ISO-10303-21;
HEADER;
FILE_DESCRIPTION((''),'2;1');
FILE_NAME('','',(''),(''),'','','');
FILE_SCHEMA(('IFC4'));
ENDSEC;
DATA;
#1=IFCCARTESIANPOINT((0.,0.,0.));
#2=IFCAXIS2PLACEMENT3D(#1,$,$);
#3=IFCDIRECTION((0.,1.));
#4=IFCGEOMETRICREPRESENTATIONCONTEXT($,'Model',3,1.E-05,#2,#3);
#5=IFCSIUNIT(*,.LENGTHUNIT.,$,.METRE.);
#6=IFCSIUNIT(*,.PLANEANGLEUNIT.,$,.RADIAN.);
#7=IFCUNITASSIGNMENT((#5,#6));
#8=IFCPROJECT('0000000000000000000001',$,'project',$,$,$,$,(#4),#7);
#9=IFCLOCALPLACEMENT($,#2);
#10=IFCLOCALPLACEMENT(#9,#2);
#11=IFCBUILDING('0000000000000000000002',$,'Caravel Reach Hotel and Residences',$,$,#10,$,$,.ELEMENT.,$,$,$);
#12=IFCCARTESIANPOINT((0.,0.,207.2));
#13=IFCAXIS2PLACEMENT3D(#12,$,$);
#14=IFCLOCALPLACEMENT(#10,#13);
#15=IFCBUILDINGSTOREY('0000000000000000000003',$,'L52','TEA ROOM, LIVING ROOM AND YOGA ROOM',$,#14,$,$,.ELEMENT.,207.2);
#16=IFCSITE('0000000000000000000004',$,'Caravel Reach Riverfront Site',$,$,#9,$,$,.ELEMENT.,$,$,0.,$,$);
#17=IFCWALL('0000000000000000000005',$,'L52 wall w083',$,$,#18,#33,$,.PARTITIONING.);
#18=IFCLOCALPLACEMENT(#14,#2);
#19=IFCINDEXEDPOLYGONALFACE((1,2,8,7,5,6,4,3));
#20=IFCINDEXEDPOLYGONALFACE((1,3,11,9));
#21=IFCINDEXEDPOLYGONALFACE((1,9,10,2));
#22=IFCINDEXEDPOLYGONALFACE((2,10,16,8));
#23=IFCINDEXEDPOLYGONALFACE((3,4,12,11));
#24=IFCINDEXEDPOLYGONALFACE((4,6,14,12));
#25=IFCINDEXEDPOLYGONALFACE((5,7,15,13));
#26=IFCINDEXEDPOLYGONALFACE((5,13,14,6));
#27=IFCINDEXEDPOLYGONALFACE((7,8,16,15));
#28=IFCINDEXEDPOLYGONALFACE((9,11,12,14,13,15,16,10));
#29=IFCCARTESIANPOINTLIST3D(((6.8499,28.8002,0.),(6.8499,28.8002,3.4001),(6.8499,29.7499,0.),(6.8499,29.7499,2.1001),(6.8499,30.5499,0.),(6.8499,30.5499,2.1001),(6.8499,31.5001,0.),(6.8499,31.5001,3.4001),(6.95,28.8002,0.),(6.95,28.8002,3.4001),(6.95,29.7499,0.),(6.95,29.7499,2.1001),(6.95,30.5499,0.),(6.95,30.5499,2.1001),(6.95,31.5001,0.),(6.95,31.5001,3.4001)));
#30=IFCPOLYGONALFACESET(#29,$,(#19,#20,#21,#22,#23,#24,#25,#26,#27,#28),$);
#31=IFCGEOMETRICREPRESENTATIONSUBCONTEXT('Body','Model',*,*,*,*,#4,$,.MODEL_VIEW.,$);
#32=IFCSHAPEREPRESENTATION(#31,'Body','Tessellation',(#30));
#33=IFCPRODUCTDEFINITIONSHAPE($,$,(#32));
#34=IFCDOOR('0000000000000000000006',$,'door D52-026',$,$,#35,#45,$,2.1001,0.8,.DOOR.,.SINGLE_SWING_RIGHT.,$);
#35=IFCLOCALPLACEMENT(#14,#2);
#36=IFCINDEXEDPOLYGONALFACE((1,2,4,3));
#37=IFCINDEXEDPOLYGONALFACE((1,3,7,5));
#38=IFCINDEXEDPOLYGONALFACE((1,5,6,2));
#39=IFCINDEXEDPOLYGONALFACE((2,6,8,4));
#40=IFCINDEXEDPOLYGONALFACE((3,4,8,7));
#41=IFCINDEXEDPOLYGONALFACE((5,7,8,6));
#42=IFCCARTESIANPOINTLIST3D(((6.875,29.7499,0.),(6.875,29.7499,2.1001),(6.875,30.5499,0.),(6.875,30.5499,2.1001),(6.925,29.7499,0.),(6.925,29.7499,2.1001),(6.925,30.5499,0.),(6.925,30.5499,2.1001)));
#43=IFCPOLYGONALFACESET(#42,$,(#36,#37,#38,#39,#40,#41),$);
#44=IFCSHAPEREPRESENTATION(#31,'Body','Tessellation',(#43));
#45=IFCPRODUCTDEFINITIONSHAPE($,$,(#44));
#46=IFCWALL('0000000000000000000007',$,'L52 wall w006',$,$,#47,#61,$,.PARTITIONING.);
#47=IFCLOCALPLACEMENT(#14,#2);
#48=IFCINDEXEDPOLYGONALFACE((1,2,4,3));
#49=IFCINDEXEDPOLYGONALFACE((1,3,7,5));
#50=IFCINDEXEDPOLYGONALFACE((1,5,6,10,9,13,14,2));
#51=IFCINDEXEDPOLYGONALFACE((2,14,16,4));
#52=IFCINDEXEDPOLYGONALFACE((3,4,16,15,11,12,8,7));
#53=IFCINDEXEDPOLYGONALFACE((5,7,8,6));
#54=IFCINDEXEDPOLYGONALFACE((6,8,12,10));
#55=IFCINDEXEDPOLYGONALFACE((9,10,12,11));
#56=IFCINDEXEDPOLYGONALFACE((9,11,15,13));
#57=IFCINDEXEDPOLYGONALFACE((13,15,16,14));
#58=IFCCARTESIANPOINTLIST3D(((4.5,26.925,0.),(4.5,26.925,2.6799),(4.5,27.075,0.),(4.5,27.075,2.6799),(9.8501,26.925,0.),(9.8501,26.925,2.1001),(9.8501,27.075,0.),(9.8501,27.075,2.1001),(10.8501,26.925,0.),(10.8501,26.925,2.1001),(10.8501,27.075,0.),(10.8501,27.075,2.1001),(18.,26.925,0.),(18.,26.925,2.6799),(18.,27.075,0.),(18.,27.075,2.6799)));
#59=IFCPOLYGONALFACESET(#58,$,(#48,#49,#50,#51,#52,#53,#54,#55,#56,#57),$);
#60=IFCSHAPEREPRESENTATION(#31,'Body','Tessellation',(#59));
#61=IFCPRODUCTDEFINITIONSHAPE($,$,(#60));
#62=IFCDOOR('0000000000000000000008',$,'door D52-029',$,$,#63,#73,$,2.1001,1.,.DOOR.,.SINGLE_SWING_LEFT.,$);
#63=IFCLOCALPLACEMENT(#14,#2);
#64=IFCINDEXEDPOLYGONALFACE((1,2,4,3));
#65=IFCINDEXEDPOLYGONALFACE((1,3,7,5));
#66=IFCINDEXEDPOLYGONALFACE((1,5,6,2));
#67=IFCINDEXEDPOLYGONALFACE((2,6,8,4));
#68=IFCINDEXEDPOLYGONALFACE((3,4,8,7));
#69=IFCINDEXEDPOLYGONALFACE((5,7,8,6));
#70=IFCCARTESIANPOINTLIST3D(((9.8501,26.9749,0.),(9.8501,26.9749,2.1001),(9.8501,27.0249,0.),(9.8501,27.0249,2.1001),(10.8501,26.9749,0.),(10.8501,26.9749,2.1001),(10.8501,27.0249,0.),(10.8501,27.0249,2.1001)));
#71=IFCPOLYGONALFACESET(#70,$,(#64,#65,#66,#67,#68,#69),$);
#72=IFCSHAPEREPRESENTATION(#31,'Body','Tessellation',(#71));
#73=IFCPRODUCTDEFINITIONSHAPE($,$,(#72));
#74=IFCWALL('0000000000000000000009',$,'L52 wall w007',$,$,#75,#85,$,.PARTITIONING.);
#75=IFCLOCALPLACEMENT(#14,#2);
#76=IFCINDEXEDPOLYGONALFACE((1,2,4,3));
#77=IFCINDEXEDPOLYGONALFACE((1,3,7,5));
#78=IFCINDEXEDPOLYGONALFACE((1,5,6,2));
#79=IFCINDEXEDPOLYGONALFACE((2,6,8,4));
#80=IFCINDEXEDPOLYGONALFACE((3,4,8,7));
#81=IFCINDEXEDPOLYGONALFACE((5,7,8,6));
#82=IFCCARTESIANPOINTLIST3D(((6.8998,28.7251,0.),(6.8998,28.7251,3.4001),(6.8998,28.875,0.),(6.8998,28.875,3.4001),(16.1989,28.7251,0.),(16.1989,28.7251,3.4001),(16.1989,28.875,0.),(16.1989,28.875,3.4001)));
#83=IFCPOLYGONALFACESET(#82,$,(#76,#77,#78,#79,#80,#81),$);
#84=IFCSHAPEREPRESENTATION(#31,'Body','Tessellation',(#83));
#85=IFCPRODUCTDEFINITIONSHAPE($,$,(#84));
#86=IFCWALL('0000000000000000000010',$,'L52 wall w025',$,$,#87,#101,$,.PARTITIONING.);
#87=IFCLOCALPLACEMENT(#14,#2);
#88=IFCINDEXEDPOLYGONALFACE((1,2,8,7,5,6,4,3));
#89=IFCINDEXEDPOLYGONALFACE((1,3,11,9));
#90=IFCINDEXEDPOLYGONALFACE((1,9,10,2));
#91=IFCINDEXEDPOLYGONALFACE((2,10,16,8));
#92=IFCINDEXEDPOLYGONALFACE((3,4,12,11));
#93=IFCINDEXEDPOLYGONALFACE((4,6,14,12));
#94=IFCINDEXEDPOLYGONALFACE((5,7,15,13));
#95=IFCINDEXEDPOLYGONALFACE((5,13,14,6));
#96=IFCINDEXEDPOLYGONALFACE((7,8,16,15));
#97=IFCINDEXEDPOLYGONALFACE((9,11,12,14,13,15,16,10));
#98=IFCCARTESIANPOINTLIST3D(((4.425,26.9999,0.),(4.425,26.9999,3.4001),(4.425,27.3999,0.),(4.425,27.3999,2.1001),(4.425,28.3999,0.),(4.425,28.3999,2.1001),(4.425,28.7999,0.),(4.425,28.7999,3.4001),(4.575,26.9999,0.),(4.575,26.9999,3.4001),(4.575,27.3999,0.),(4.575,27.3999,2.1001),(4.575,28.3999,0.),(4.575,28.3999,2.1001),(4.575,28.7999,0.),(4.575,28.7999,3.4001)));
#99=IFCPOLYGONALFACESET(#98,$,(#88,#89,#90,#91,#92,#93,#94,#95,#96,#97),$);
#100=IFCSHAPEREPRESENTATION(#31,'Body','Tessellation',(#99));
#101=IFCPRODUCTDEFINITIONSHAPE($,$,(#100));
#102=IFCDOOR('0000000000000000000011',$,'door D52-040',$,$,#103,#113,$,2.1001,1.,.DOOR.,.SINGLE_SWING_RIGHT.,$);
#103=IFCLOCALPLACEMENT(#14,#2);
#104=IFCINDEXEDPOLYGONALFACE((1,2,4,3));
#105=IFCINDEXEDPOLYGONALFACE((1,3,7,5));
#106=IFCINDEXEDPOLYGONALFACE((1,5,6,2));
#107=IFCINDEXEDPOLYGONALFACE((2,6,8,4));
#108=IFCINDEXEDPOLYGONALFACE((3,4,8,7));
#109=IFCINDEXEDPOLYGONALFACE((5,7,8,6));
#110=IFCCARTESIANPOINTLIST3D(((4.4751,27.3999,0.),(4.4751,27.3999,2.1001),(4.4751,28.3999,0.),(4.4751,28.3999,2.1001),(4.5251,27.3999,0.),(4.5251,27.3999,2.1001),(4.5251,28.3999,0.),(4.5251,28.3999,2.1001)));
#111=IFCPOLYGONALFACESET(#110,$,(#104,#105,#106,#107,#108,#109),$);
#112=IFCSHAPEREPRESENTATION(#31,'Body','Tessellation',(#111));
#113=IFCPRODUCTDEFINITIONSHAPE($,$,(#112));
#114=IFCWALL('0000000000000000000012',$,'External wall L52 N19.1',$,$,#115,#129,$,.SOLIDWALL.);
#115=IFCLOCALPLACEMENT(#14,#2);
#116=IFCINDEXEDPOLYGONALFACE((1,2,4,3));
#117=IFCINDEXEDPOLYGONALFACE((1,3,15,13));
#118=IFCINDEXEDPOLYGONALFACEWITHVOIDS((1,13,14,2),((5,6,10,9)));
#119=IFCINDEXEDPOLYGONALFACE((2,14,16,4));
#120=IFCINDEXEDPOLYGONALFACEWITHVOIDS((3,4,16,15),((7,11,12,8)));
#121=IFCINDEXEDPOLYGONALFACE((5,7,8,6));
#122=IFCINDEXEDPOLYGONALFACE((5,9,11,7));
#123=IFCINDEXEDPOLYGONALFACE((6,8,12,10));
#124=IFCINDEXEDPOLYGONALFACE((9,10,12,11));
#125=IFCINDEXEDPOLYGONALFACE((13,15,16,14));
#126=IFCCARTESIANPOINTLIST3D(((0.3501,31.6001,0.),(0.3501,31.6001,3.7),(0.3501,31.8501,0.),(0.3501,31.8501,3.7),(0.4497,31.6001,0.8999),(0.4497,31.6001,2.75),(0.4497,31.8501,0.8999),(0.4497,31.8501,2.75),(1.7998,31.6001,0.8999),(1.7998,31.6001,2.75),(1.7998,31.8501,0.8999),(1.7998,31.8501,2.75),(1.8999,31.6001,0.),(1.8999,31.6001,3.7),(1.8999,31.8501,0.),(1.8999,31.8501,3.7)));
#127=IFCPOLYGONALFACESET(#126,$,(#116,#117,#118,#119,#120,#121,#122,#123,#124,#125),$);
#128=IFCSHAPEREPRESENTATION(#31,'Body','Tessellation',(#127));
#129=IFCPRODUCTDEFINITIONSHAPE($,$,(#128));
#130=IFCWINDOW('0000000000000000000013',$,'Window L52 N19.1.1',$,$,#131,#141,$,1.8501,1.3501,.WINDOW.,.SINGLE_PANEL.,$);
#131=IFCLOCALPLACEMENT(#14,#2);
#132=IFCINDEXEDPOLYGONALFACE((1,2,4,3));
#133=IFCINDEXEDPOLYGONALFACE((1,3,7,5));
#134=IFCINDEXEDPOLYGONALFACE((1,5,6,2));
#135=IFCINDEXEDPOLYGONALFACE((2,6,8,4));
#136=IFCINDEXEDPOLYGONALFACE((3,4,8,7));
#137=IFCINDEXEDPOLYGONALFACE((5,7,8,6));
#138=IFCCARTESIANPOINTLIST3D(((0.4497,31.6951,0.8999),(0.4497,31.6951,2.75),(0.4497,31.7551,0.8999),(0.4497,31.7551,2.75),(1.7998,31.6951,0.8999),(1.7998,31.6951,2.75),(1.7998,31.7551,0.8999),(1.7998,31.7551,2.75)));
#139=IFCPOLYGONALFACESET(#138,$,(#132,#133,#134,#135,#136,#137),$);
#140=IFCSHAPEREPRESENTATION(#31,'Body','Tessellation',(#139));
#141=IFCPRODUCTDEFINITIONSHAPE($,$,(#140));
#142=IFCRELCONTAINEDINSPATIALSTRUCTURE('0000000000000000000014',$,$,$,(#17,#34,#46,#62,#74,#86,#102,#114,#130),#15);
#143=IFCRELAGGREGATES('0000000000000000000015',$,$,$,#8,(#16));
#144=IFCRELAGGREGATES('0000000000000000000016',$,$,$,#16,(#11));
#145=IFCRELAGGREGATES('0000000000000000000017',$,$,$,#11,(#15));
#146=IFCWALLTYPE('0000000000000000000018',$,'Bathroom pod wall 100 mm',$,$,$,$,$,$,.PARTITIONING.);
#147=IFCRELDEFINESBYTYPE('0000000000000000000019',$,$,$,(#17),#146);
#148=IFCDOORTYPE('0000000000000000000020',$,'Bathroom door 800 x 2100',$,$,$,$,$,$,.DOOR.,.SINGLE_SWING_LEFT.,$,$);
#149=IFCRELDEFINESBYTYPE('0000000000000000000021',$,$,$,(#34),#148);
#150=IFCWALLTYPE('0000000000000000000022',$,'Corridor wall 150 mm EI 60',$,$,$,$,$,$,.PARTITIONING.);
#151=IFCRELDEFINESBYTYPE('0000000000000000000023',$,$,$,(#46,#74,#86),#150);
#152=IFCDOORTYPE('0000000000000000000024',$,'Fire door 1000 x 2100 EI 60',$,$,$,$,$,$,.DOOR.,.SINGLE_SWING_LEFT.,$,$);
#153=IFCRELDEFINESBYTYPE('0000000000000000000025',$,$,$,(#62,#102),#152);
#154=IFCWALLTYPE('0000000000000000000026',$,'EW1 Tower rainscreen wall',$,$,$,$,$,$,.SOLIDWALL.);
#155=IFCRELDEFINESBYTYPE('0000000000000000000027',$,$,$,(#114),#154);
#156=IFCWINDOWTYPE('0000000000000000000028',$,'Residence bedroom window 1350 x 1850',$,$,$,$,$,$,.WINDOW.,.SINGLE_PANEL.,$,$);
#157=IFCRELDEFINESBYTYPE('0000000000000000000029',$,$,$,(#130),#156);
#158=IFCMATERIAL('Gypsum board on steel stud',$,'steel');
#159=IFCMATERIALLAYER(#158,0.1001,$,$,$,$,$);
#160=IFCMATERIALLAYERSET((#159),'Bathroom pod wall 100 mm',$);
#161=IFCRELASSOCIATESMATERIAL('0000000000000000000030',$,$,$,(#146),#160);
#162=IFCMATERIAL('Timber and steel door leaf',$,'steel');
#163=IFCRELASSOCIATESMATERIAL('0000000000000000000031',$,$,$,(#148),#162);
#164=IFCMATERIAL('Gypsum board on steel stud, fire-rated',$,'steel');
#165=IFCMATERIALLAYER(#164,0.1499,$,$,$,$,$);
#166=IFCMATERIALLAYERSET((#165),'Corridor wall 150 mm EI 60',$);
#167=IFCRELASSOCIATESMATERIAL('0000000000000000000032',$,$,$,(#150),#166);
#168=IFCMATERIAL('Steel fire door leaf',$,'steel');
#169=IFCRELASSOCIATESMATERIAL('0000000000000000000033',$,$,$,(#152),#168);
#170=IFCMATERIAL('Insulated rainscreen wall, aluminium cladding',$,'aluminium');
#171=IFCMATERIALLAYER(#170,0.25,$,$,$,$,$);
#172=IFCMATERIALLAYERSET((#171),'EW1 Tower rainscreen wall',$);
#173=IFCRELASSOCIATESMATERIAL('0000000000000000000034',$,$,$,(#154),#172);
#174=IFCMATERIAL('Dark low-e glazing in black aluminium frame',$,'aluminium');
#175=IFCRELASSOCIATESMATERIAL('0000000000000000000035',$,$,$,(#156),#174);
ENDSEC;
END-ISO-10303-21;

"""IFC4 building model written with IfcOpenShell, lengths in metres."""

from ifc_helpers import new_model, si_unit, direction, frame, frame_2d, origin, place, context, subcontext, project, spatial, rectangle, extrude, material, layer, layer_set, type_object, element, fill, save


model = new_model("IFC4")

# Units and contexts
model_context = context("Model", 3, precision=1e-05, world=origin(), true_north=direction((0.0, 1.0)))
body_context = subcontext(model_context, "Body", "Model", "MODEL_VIEW")
ifc_project = project(units=[si_unit("LENGTHUNIT", "METRE"), si_unit("PLANEANGLEUNIT", "RADIAN")], contexts=[model_context])

# Site, building, storey
site_placement = place(None, origin())
site = spatial("IfcSite", under=ifc_project, at=site_placement, Name="Caravel Reach Riverfront Site", CompositionType="ELEMENT", RefElevation=0.0)
building_placement = place(site_placement, origin())
building = spatial("IfcBuilding", under=site, at=building_placement, Name="Caravel Reach Hotel and Residences", CompositionType="ELEMENT")
storey_placement = place(building_placement, frame((0.0, 0.0, 207.2)))
storey = spatial("IfcBuildingStorey", under=building, at=storey_placement, Name="L52", Description="TEA ROOM, LIVING ROOM AND YOGA ROOM", CompositionType="ELEMENT", Elevation=207.2)

# Shared definitions
ifc_material_1 = material(Name="Gypsum board on steel stud", Category="steel")
ifc_layer_1 = layer(ifc_material_1, 0.1001)
ifc_layer_set_1 = layer_set([ifc_layer_1], Name="Bathroom pod wall 100 mm")
wall_type_1 = type_object("IfcWallType", Name="Bathroom pod wall 100 mm", PredefinedType="PARTITIONING", material=ifc_layer_set_1)

# Walls, openings, doors
wall_1_placement = place(storey_placement, frame((6.8999, 28.8, 0.0), z_axis=(0.0, 0.0, 1.0), x_axis=(0.0, 1.0, 0.0)))
wall_1 = element("IfcWall", 1, at=wall_1_placement, inside=storey, type_object=wall_type_1, Name="L52 wall w083", PredefinedType="PARTITIONING", context=body_context, shape_type="SweptSolid", body=[
    extrude(rectangle(XDim=2.7, YDim=0.1001, at=frame_2d((1.3501, 0.0))), origin(), (0.0, 0.0, 1.0), 3.4001),
])
opening_1_placement = place(wall_1_placement, frame((0.95, 0.0, 0.0)))
opening_1 = element("IfcOpeningElement", 2, at=opening_1_placement, cuts=wall_1, PredefinedType="OPENING", context=body_context, shape_type="SweptSolid", body=[
    extrude(rectangle(XDim=0.8, YDim=2.1001, at=frame_2d((0.3999, 1.05))), frame((0.0, 0.0601, 0.0), z_axis=(0.0, -1.0, 0.0), x_axis=(1.0, 0.0, 0.0)), (0.0, 0.0, 1.0), 0.1201),
])
ifc_material_2 = material(Name="Timber and steel door leaf", Category="steel")
door_type_1 = type_object("IfcDoorType", Name="Bathroom door 800 x 2100", OperationType="SINGLE_SWING_LEFT", PredefinedType="DOOR", material=ifc_material_2)
door_1_placement = place(opening_1_placement, origin())
door_1 = element("IfcDoor", 3, at=door_1_placement, inside=storey, type_object=door_type_1, Name="door D52-026", OperationType="SINGLE_SWING_RIGHT", OverallHeight=2.1001, OverallWidth=0.8, PredefinedType="DOOR", context=body_context, shape_type="SweptSolid", body=[
    extrude(rectangle(XDim=0.8, YDim=2.1001, at=frame_2d((0.3999, 1.05))), frame((0.0, 0.0249, 0.0), z_axis=(0.0, -1.0, 0.0), x_axis=(1.0, 0.0, 0.0)), (0.0, 0.0, 1.0), 0.05),
])
fill(opening_1, door_1)
ifc_material_3 = material(Name="Gypsum board on steel stud, fire-rated", Category="steel")
ifc_layer_2 = layer(ifc_material_3, 0.1499)
ifc_layer_set_2 = layer_set([ifc_layer_2], Name="Corridor wall 150 mm EI 60")
wall_type_2 = type_object("IfcWallType", Name="Corridor wall 150 mm EI 60", PredefinedType="PARTITIONING", material=ifc_layer_set_2)
wall_2_placement = place(storey_placement, frame((4.5, 27.0, 0.0), z_axis=(0.0, 0.0, 1.0), x_axis=(1.0, 0.0, 0.0)))
wall_2 = element("IfcWall", 4, at=wall_2_placement, inside=storey, type_object=wall_type_2, Name="L52 wall w006", PredefinedType="PARTITIONING", context=body_context, shape_type="SweptSolid", body=[
    extrude(rectangle(XDim=13.5, YDim=0.1499, at=frame_2d((6.75, 0.0))), origin(), (0.0, 0.0, 1.0), 2.6799),
])
opening_2_placement = place(wall_2_placement, frame((5.3501, 0.0, 0.0)))
opening_2 = element("IfcOpeningElement", 5, at=opening_2_placement, cuts=wall_2, PredefinedType="OPENING", context=body_context, shape_type="SweptSolid", body=[
    extrude(rectangle(XDim=1.0, YDim=2.1001, at=frame_2d((0.5, 1.05))), frame((0.0, 0.085, 0.0), z_axis=(0.0, -1.0, 0.0), x_axis=(1.0, 0.0, 0.0)), (0.0, 0.0, 1.0), 0.1699),
])
ifc_material_4 = material(Name="Steel fire door leaf", Category="steel")
door_type_2 = type_object("IfcDoorType", Name="Fire door 1000 x 2100 EI 60", OperationType="SINGLE_SWING_LEFT", PredefinedType="DOOR", material=ifc_material_4)
door_2_placement = place(opening_2_placement, origin())
door_2 = element("IfcDoor", 6, at=door_2_placement, inside=storey, type_object=door_type_2, Name="door D52-029", OperationType="SINGLE_SWING_LEFT", OverallHeight=2.1001, OverallWidth=1.0, PredefinedType="DOOR", context=body_context, shape_type="SweptSolid", body=[
    extrude(rectangle(XDim=1.0, YDim=2.1001, at=frame_2d((0.5, 1.05))), frame((0.0, 0.0249, 0.0), z_axis=(0.0, -1.0, 0.0), x_axis=(1.0, 0.0, 0.0)), (0.0, 0.0, 1.0), 0.05),
])
fill(opening_2, door_2)

# Wall
wall_3_placement = place(storey_placement, frame((6.8999, 28.8, 0.0), z_axis=(0.0, 0.0, 1.0), x_axis=(1.0, 0.0, 0.0)))
element("IfcWall", 7, at=wall_3_placement, inside=storey, type_object=wall_type_2, Name="L52 wall w007", PredefinedType="PARTITIONING", context=body_context, shape_type="SweptSolid", body=[
    extrude(rectangle(XDim=9.2991, YDim=0.1499, at=frame_2d((4.6494, 0.0))), origin(), (0.0, 0.0, 1.0), 3.4001),
])

# Wall, opening, door
wall_4_placement = place(storey_placement, frame((4.5, 27.0, 0.0), z_axis=(0.0, 0.0, 1.0), x_axis=(0.0, 1.0, 0.0)))
wall_4 = element("IfcWall", 8, at=wall_4_placement, inside=storey, type_object=wall_type_2, Name="L52 wall w025", PredefinedType="PARTITIONING", context=body_context, shape_type="SweptSolid", body=[
    extrude(rectangle(XDim=1.8, YDim=0.1499, at=frame_2d((0.8999, 0.0))), origin(), (0.0, 0.0, 1.0), 3.4001),
])
opening_3_placement = place(wall_4_placement, frame((0.3999, 0.0, 0.0)))
opening_3 = element("IfcOpeningElement", 9, at=opening_3_placement, cuts=wall_4, PredefinedType="OPENING", context=body_context, shape_type="SweptSolid", body=[
    extrude(rectangle(XDim=1.0, YDim=2.1001, at=frame_2d((0.5, 1.05))), frame((0.0, 0.085, 0.0), z_axis=(0.0, -1.0, 0.0), x_axis=(1.0, 0.0, 0.0)), (0.0, 0.0, 1.0), 0.1699),
])
door_3_placement = place(opening_3_placement, origin())
door_3 = element("IfcDoor", 10, at=door_3_placement, inside=storey, type_object=door_type_2, Name="door D52-040", OperationType="SINGLE_SWING_RIGHT", OverallHeight=2.1001, OverallWidth=1.0, PredefinedType="DOOR", context=body_context, shape_type="SweptSolid", body=[
    extrude(rectangle(XDim=1.0, YDim=2.1001, at=frame_2d((0.5, 1.05))), frame((0.0, 0.0249, 0.0), z_axis=(0.0, -1.0, 0.0), x_axis=(1.0, 0.0, 0.0)), (0.0, 0.0, 1.0), 0.05),
])
fill(opening_3, door_3)

# Wall, opening, window
ifc_material_5 = material(Name="Insulated rainscreen wall, aluminium cladding", Category="aluminium")
ifc_layer_3 = layer(ifc_material_5, 0.25)
ifc_layer_set_3 = layer_set([ifc_layer_3], Name="EW1 Tower rainscreen wall")
wall_type_3 = type_object("IfcWallType", Name="EW1 Tower rainscreen wall", PredefinedType="SOLIDWALL", material=ifc_layer_set_3)
wall_5_placement = place(storey_placement, frame((1.8999, 31.7251, 0.0), z_axis=(0.0, 0.0, 1.0), x_axis=(-1.0, 0.0, 0.0)))
wall_5 = element("IfcWall", 11, at=wall_5_placement, inside=storey, type_object=wall_type_3, Name="External wall L52 N19.1", PredefinedType="SOLIDWALL", context=body_context, shape_type="SweptSolid", body=[
    extrude(rectangle(XDim=1.5498, YDim=0.25, at=frame_2d((0.7749, 0.0))), origin(), (0.0, 0.0, 1.0), 3.7),
])
opening_4_placement = place(wall_5_placement, frame((0.1001, 0.0, 0.8999)))
opening_4 = element("IfcOpeningElement", 12, at=opening_4_placement, cuts=wall_5, PredefinedType="OPENING", context=body_context, shape_type="SweptSolid", body=[
    extrude(rectangle(XDim=1.3501, YDim=1.8501, at=frame_2d((0.675, 0.925))), frame((0.0, 0.135, 0.0), z_axis=(0.0, -1.0, 0.0), x_axis=(1.0, 0.0, 0.0)), (0.0, 0.0, 1.0), 0.27),
])
ifc_material_6 = material(Name="Dark low-e glazing in black aluminium frame", Category="aluminium")
window_type_1 = type_object("IfcWindowType", Name="Residence bedroom window 1350 x 1850", PartitioningType="SINGLE_PANEL", PredefinedType="WINDOW", material=ifc_material_6)
window_1_placement = place(opening_4_placement, origin())
window_1 = element("IfcWindow", 13, at=window_1_placement, inside=storey, type_object=window_type_1, Name="Window L52 N19.1.1", OverallHeight=1.8501, OverallWidth=1.3501, PartitioningType="SINGLE_PANEL", PredefinedType="WINDOW", context=body_context, shape_type="SweptSolid", body=[
    extrude(rectangle(XDim=1.3501, YDim=1.8501, at=frame_2d((0.675, 0.925))), frame((0.0, 0.03, 0.0), z_axis=(0.0, -1.0, 0.0), x_axis=(1.0, 0.0, 0.0)), (0.0, 0.0, 1.0), 0.0601),
])
fill(opening_4, window_1)

save(model, "model.ifc")
